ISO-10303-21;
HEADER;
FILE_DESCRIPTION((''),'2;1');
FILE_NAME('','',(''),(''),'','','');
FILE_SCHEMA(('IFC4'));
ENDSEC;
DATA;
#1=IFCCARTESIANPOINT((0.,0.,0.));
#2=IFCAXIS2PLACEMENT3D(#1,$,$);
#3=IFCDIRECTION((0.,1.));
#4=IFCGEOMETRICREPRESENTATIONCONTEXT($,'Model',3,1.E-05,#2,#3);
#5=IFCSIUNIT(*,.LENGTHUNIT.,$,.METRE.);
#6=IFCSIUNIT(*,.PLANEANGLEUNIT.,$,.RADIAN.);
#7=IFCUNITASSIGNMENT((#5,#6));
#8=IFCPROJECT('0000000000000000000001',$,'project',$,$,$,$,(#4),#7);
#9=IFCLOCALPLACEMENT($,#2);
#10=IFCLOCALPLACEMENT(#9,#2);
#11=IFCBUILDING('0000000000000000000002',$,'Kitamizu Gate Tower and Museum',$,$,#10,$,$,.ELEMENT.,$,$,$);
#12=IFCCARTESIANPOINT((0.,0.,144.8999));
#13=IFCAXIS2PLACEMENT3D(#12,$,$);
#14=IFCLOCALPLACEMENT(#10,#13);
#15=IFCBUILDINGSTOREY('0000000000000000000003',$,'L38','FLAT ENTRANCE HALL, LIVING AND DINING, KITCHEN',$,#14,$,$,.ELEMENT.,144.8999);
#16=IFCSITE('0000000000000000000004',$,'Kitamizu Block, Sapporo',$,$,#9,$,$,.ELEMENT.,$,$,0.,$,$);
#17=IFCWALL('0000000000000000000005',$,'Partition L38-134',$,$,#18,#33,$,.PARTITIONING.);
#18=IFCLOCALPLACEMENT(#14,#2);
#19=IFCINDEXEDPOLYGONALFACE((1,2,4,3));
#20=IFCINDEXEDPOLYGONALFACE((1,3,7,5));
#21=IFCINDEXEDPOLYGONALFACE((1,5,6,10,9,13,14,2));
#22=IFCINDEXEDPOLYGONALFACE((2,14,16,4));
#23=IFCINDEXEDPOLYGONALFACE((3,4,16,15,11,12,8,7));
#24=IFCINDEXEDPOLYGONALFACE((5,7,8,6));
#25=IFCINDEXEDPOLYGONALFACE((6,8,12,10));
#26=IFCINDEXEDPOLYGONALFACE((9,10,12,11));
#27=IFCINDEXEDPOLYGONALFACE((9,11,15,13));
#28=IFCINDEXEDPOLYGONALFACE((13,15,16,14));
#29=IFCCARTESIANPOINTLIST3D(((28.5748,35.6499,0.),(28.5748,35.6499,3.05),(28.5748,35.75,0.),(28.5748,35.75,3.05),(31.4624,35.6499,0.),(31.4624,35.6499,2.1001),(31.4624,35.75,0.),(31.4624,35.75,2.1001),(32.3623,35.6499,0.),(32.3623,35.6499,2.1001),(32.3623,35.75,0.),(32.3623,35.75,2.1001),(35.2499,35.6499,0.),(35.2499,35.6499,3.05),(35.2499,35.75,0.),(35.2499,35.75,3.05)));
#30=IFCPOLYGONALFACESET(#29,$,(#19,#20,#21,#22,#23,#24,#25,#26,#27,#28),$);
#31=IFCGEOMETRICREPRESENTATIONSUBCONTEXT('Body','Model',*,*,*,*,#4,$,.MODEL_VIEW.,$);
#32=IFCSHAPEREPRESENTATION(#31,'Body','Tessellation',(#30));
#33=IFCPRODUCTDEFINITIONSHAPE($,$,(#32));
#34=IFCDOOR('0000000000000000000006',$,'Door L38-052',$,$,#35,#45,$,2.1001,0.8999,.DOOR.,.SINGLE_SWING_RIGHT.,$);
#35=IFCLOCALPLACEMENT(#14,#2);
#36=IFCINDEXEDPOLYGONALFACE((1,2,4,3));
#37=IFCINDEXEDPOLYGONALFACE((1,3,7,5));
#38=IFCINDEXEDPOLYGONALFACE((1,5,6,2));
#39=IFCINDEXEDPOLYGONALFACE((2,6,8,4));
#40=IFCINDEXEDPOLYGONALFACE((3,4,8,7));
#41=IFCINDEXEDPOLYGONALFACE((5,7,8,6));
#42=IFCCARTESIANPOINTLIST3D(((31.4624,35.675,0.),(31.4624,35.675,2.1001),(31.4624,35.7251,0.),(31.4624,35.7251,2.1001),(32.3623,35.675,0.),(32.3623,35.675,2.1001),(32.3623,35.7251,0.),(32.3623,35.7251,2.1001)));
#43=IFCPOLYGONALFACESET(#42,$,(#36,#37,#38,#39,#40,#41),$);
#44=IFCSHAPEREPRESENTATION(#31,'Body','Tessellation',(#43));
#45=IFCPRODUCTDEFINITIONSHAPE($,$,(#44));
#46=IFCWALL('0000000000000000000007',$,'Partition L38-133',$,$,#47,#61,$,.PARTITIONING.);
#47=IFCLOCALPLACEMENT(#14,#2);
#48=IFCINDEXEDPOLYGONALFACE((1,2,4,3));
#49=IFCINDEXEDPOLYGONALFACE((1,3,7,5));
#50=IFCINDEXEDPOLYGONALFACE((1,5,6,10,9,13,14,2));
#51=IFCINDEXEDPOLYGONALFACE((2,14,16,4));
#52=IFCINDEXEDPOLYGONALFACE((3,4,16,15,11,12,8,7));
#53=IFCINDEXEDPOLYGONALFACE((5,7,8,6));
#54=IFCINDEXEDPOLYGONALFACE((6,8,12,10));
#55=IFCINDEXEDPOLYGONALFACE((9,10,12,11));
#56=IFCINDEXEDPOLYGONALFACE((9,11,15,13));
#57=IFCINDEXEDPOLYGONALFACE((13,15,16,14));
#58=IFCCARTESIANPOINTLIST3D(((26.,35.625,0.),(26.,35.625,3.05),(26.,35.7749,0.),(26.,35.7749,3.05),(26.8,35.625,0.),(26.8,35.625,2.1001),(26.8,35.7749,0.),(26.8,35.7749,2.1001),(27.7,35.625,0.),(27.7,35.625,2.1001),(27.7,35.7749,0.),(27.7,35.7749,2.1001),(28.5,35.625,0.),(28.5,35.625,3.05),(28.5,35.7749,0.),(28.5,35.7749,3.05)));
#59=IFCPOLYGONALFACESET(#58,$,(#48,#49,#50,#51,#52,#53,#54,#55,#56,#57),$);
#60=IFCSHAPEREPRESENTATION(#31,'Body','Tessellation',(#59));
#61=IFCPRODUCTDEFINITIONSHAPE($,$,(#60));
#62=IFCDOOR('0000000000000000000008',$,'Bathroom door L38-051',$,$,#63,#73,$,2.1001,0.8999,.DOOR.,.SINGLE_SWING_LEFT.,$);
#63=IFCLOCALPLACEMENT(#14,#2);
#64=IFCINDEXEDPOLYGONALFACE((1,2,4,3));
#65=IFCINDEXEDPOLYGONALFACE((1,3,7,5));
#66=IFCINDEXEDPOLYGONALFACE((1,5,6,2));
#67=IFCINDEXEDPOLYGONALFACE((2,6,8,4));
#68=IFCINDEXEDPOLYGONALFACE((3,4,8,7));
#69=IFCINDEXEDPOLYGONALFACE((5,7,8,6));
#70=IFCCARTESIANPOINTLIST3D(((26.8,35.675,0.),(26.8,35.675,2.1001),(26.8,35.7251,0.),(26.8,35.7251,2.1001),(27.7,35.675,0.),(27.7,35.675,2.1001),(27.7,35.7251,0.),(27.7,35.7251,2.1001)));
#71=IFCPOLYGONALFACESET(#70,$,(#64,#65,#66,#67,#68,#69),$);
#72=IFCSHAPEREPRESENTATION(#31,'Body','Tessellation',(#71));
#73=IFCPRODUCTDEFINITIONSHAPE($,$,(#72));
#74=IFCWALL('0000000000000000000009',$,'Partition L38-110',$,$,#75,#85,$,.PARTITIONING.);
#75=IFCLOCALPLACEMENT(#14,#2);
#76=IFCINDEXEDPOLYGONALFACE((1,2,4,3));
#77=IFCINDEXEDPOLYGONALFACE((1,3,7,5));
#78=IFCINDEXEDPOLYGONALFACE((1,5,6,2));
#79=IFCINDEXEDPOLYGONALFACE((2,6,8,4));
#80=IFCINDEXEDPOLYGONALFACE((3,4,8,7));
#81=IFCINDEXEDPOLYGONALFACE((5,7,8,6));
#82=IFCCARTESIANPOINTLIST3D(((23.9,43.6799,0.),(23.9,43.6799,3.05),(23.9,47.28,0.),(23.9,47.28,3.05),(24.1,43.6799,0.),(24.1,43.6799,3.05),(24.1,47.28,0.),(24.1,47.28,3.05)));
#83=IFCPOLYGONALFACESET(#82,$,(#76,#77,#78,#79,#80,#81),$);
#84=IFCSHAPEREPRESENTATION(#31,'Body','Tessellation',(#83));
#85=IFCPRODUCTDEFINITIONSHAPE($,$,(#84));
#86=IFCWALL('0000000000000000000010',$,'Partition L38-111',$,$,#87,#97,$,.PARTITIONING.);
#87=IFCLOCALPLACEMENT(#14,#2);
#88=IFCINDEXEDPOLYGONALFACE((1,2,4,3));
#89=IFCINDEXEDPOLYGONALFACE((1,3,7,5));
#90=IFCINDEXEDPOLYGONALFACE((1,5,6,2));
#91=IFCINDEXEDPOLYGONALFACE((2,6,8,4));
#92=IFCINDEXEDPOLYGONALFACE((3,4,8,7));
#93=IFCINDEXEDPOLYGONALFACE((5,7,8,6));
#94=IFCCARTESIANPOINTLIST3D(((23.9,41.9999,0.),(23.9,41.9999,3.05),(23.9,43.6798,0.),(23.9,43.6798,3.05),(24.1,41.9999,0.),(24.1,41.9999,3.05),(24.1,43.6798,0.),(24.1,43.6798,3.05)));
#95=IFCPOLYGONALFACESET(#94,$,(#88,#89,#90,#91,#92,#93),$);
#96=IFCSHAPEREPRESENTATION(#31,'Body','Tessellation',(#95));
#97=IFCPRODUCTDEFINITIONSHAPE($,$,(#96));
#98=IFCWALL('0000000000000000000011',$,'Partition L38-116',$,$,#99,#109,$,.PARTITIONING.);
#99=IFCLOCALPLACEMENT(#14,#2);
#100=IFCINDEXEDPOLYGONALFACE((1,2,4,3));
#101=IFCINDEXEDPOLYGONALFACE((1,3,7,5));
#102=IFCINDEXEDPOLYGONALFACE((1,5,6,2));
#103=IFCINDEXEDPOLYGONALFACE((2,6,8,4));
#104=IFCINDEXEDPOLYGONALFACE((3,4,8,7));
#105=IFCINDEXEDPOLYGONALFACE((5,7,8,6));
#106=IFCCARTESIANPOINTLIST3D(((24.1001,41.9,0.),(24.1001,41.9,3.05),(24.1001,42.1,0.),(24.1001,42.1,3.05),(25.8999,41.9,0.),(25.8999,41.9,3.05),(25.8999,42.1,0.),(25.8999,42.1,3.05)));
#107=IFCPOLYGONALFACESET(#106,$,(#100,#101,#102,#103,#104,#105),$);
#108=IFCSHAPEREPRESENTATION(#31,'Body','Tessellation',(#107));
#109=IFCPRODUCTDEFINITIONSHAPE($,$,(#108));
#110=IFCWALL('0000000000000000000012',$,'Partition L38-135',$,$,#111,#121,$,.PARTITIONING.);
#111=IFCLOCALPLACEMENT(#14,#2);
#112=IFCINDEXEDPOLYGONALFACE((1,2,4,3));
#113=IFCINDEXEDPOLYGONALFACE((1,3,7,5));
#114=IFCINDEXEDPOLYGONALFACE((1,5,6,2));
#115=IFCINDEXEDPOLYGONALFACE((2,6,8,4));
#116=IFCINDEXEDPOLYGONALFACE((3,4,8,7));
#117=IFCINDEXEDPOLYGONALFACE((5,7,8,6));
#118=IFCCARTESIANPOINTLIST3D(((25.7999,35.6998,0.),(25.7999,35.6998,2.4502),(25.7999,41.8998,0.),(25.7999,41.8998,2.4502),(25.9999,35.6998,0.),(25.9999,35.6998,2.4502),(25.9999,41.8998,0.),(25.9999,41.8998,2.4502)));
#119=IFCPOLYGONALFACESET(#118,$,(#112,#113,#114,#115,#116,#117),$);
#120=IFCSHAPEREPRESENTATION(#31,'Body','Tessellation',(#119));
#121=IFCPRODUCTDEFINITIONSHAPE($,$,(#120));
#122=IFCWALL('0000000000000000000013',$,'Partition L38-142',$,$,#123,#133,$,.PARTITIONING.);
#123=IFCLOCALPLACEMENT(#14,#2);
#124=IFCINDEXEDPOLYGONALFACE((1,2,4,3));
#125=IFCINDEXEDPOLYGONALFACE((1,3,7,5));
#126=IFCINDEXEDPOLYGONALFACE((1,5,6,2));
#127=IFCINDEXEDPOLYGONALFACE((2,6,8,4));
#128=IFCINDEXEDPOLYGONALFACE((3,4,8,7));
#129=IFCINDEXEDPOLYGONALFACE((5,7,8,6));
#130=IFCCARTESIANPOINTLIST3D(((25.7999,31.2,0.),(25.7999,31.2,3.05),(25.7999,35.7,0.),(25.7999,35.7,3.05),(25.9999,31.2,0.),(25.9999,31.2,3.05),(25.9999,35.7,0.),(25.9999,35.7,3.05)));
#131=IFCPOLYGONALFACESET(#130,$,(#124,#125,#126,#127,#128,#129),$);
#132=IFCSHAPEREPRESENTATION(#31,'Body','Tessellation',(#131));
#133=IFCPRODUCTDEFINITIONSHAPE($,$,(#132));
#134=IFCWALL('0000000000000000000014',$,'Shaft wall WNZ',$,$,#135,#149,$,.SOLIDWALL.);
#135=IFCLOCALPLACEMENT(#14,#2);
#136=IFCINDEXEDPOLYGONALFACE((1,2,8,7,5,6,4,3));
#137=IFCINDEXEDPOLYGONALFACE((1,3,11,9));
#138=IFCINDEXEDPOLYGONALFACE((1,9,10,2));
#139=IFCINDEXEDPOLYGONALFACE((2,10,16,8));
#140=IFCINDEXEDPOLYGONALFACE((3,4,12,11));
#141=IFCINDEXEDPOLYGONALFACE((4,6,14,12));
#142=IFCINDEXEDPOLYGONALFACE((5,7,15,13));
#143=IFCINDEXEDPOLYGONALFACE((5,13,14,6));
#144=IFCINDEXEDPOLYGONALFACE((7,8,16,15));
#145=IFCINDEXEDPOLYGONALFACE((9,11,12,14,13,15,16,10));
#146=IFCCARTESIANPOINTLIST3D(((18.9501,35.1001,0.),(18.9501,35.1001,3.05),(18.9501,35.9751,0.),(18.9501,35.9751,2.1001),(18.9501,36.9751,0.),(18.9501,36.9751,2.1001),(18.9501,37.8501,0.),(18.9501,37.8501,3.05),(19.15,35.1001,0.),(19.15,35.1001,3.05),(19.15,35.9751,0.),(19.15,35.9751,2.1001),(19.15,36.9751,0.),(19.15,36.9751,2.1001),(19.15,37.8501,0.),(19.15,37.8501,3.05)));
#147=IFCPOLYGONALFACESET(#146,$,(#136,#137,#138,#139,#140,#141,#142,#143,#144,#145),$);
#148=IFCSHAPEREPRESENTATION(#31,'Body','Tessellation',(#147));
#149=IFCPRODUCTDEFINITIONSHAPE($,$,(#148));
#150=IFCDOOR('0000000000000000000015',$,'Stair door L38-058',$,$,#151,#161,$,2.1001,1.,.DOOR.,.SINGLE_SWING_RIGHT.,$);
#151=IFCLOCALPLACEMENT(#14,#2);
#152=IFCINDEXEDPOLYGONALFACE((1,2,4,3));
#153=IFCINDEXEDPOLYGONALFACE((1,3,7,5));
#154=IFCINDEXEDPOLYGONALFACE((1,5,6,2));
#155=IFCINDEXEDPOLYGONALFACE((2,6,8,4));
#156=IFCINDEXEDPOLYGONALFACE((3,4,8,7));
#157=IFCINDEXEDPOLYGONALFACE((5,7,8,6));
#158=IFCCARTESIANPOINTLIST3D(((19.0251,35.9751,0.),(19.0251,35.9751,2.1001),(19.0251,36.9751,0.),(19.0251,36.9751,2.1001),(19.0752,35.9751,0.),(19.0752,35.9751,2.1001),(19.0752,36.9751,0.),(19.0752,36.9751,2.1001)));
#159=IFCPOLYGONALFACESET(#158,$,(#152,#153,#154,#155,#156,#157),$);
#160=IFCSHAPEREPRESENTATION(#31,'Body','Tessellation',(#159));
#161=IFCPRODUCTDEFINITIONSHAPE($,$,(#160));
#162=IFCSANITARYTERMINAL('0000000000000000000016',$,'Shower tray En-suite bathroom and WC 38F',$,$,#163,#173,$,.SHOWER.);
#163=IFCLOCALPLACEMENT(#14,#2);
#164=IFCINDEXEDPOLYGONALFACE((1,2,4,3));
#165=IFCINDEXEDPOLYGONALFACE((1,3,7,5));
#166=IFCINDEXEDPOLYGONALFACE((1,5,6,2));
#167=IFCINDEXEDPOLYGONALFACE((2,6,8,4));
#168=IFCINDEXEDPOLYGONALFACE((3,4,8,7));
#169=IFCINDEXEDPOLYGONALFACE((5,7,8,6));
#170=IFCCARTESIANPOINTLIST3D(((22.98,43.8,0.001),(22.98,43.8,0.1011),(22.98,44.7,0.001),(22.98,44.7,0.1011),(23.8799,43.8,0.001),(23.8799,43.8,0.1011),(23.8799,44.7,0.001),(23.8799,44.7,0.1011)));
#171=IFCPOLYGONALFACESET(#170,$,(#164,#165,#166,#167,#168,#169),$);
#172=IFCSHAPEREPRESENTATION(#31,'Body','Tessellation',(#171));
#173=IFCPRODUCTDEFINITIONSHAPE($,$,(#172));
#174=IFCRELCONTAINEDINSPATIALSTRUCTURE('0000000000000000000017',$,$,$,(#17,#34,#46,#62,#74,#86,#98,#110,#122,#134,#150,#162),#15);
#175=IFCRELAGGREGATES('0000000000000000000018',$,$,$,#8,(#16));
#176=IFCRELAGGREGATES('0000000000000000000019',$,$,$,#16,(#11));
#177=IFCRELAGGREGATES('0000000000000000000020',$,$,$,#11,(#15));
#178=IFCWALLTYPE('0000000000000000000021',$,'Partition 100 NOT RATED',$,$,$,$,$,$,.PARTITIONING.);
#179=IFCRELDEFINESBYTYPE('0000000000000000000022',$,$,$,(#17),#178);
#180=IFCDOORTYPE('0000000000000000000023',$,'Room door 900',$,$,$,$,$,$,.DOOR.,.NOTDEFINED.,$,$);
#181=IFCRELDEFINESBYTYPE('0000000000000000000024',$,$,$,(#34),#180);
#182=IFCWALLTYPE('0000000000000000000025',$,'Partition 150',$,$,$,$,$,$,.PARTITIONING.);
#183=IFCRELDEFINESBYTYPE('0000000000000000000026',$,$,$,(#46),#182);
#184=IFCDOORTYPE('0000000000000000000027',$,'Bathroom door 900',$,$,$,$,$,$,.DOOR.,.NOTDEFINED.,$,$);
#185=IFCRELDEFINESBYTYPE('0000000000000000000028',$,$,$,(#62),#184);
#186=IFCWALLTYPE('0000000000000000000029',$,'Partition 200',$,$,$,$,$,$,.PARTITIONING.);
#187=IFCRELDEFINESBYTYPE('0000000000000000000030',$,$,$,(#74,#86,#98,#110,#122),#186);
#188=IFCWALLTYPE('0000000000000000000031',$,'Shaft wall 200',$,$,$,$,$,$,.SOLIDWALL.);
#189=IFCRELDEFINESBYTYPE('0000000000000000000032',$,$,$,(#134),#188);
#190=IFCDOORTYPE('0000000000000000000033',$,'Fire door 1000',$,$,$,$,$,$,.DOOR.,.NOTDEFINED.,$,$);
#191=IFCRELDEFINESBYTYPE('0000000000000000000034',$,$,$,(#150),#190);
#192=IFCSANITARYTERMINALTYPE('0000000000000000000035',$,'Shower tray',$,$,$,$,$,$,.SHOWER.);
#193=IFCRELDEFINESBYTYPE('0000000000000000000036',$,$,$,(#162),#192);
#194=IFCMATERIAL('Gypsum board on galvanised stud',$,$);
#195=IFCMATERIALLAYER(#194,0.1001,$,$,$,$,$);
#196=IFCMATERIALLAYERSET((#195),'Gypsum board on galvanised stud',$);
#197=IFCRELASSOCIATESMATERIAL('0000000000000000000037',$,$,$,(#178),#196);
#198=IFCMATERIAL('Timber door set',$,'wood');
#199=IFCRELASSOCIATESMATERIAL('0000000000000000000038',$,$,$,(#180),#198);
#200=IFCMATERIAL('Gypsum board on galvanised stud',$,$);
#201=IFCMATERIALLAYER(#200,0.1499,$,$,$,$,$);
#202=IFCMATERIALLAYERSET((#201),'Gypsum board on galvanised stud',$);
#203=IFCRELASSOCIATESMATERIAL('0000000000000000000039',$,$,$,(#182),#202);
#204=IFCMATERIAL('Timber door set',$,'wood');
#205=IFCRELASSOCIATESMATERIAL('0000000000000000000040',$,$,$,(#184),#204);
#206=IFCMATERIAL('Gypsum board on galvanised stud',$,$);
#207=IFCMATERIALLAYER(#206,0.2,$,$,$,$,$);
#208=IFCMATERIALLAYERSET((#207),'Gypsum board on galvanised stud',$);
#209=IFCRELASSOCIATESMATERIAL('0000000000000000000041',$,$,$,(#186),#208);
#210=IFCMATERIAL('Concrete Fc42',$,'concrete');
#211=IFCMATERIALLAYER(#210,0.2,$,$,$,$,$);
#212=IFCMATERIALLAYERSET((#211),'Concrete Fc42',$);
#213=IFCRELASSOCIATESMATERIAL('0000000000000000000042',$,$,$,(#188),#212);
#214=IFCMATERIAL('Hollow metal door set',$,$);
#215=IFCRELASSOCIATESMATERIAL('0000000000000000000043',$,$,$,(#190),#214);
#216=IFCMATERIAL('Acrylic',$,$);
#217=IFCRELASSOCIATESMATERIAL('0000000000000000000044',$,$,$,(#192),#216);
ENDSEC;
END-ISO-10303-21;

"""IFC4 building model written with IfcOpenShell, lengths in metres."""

from ifc_helpers import new_model, si_unit, direction, frame, frame_2d, origin, origin_2d, place, context, subcontext, project, spatial, rectangle, extrude, material, layer, layer_set, type_object, element, fill, save


model = new_model("IFC4")

# Units and contexts
model_context = context("Model", 3, precision=1e-05, world=origin(), true_north=direction((0.0, 1.0)))
body_context = subcontext(model_context, "Body", "Model", "MODEL_VIEW")
ifc_project = project(units=[si_unit("LENGTHUNIT", "METRE"), si_unit("PLANEANGLEUNIT", "RADIAN")], contexts=[model_context])

# Site, building, storey
site_placement = place(None, origin())
site = spatial("IfcSite", under=ifc_project, at=site_placement, Name="Kitamizu Block, Sapporo", CompositionType="ELEMENT", RefElevation=0.0)
building_placement = place(site_placement, origin())
building = spatial("IfcBuilding", under=site, at=building_placement, Name="Kitamizu Gate Tower and Museum", CompositionType="ELEMENT")
storey_placement = place(building_placement, frame((0.0, 0.0, 144.8999)))
storey = spatial("IfcBuildingStorey", under=building, at=storey_placement, Name="L38", Description="FLAT ENTRANCE HALL, LIVING AND DINING, KITCHEN", CompositionType="ELEMENT", Elevation=144.8999)

# Shared definitions
ifc_material_1 = material(Name="Gypsum board on galvanised stud")
ifc_layer_1 = layer(ifc_material_1, 0.1001)
ifc_layer_set_1 = layer_set([ifc_layer_1], Name="Gypsum board on galvanised stud")
wall_type_1 = type_object("IfcWallType", Name="Partition 100 NOT RATED", PredefinedType="PARTITIONING", material=ifc_layer_set_1)
ifc_material_2 = material(Name="Timber door set", Category="wood")
door_type_1 = type_object("IfcDoorType", Name="Room door 900", OperationType="NOTDEFINED", PredefinedType="DOOR", material=ifc_material_2)

# Walls, openings, doors
wall_1_placement = place(storey_placement, frame((28.575, 35.7, 0.0), z_axis=(0.0, 0.0, 1.0), x_axis=(1.0, 0.0, 0.0)))
wall_1 = element("IfcWall", 1, at=wall_1_placement, inside=storey, type_object=wall_type_1, Name="Partition L38-134", PredefinedType="PARTITIONING", context=body_context, shape_type="SweptSolid", body=[
    extrude(rectangle(XDim=6.675, YDim=0.1001, at=frame_2d((3.3374, 0.0))), origin(), (0.0, 0.0, 1.0), 3.05),
])
opening_1_placement = place(wall_1_placement, frame((2.8875, 0.0, 0.0)))
opening_1 = element("IfcOpeningElement", 2, at=opening_1_placement, cuts=wall_1, PredefinedType="OPENING", context=body_context, shape_type="SweptSolid", body=[
    extrude(rectangle(XDim=0.8999, YDim=2.1001, at=frame_2d((0.45, 1.05))), frame((0.0, 0.0601, 0.0), z_axis=(0.0, -1.0, 0.0), x_axis=(1.0, 0.0, 0.0)), (0.0, 0.0, 1.0), 0.1201),
])
door_1_placement = place(opening_1_placement, frame((0.8999, 0.0, 0.0), x_axis=(-1.0, 0.0, 0.0)))
door_1 = element("IfcDoor", 3, at=door_1_placement, inside=storey, type_object=door_type_1, Name="Door L38-052", OperationType="SINGLE_SWING_RIGHT", OverallHeight=2.1001, OverallWidth=0.8999, PredefinedType="DOOR", context=body_context, shape_type="SweptSolid", body=[
    extrude(rectangle(XDim=0.8999, YDim=2.1001, at=frame_2d((0.45, 1.05))), frame((0.0, 0.0249, 0.0), z_axis=(0.0, -1.0, 0.0), x_axis=(1.0, 0.0, 0.0)), (0.0, 0.0, 1.0), 0.05),
])
fill(opening_1, door_1)
ifc_material_3 = material(Name="Gypsum board on galvanised stud")
ifc_layer_2 = layer(ifc_material_3, 0.1499)
ifc_layer_set_2 = layer_set([ifc_layer_2], Name="Gypsum board on galvanised stud")
wall_type_2 = type_object("IfcWallType", Name="Partition 150", PredefinedType="PARTITIONING", material=ifc_layer_set_2)
wall_2_placement = place(storey_placement, frame((26.0, 35.7, 0.0), z_axis=(0.0, 0.0, 1.0), x_axis=(1.0, 0.0, 0.0)))
wall_2 = element("IfcWall", 4, at=wall_2_placement, inside=storey, type_object=wall_type_2, Name="Partition L38-133", PredefinedType="PARTITIONING", context=body_context, shape_type="SweptSolid", body=[
    extrude(rectangle(XDim=2.5, YDim=0.1499, at=frame_2d((1.25, 0.0))), origin(), (0.0, 0.0, 1.0), 3.05),
])
opening_2_placement = place(wall_2_placement, frame((0.8, 0.0, 0.0)))
opening_2 = element("IfcOpeningElement", 5, at=opening_2_placement, cuts=wall_2, PredefinedType="OPENING", context=body_context, shape_type="SweptSolid", body=[
    extrude(rectangle(XDim=0.8999, YDim=2.1001, at=frame_2d((0.45, 1.05))), frame((0.0, 0.085, 0.0), z_axis=(0.0, -1.0, 0.0), x_axis=(1.0, 0.0, 0.0)), (0.0, 0.0, 1.0), 0.1699),
])
ifc_material_4 = material(Name="Timber door set", Category="wood")
door_type_2 = type_object("IfcDoorType", Name="Bathroom door 900", OperationType="NOTDEFINED", PredefinedType="DOOR", material=ifc_material_4)
door_2_placement = place(opening_2_placement, frame((0.8999, 0.0, 0.0), x_axis=(-1.0, 0.0, 0.0)))
door_2 = element("IfcDoor", 6, at=door_2_placement, inside=storey, type_object=door_type_2, Name="Bathroom door L38-051", OperationType="SINGLE_SWING_LEFT", OverallHeight=2.1001, OverallWidth=0.8999, PredefinedType="DOOR", context=body_context, shape_type="SweptSolid", body=[
    extrude(rectangle(XDim=0.8999, YDim=2.1001, at=frame_2d((0.45, 1.05))), frame((0.0, 0.0249, 0.0), z_axis=(0.0, -1.0, 0.0), x_axis=(1.0, 0.0, 0.0)), (0.0, 0.0, 1.0), 0.05),
])
fill(opening_2, door_2)

# Walls
ifc_material_5 = material(Name="Gypsum board on galvanised stud")
ifc_layer_3 = layer(ifc_material_5, 0.2)
ifc_layer_set_3 = layer_set([ifc_layer_3], Name="Gypsum board on galvanised stud")
wall_type_3 = type_object("IfcWallType", Name="Partition 200", PredefinedType="PARTITIONING", material=ifc_layer_set_3)
wall_3_placement = place(storey_placement, frame((24.0, 43.6799, 0.0), z_axis=(0.0, 0.0, 1.0), x_axis=(0.0, 1.0, 0.0)))
element("IfcWall", 7, at=wall_3_placement, inside=storey, type_object=wall_type_3, Name="Partition L38-110", PredefinedType="PARTITIONING", context=body_context, shape_type="SweptSolid", body=[
    extrude(rectangle(XDim=3.6001, YDim=0.2, at=frame_2d((1.8, 0.0))), origin(), (0.0, 0.0, 1.0), 3.05),
])
wall_4_placement = place(storey_placement, frame((24.0, 42.0, 0.0), z_axis=(0.0, 0.0, 1.0), x_axis=(0.0, 1.0, 0.0)))
element("IfcWall", 8, at=wall_4_placement, inside=storey, type_object=wall_type_3, Name="Partition L38-111", PredefinedType="PARTITIONING", context=body_context, shape_type="SweptSolid", body=[
    extrude(rectangle(XDim=1.6799, YDim=0.2, at=frame_2d((0.8398, 0.0))), origin(), (0.0, 0.0, 1.0), 3.05),
])
wall_5_placement = place(storey_placement, frame((24.1001, 42.0, 0.0), z_axis=(0.0, 0.0, 1.0), x_axis=(1.0, 0.0, 0.0)))
element("IfcWall", 9, at=wall_5_placement, inside=storey, type_object=wall_type_3, Name="Partition L38-116", PredefinedType="PARTITIONING", context=body_context, shape_type="SweptSolid", body=[
    extrude(rectangle(XDim=1.7998, YDim=0.2, at=frame_2d((0.8999, 0.0))), origin(), (0.0, 0.0, 1.0), 3.05),
])
wall_6_placement = place(storey_placement, frame((25.8999, 41.8999, 0.0), z_axis=(0.0, 0.0, 1.0), x_axis=(0.0, -1.0, 0.0)))
element("IfcWall", 10, at=wall_6_placement, inside=storey, type_object=wall_type_3, Name="Partition L38-135", PredefinedType="PARTITIONING", context=body_context, shape_type="SweptSolid", body=[
    extrude(rectangle(XDim=6.2, YDim=0.2, at=frame_2d((3.1001, 0.0))), origin(), (0.0, 0.0, 1.0), 2.4502),
])
wall_7_placement = place(storey_placement, frame((25.8999, 35.7, 0.0), z_axis=(0.0, 0.0, 1.0), x_axis=(0.0, -1.0, 0.0)))
element("IfcWall", 11, at=wall_7_placement, inside=storey, type_object=wall_type_3, Name="Partition L38-142", PredefinedType="PARTITIONING", context=body_context, shape_type="SweptSolid", body=[
    extrude(rectangle(XDim=4.5, YDim=0.2, at=frame_2d((2.25, 0.0))), origin(), (0.0, 0.0, 1.0), 3.05),
])

# Wall, opening, door
ifc_material_6 = material(Name="Concrete Fc42", Category="concrete")
ifc_layer_4 = layer(ifc_material_6, 0.2)
ifc_layer_set_4 = layer_set([ifc_layer_4], Name="Concrete Fc42")
wall_type_4 = type_object("IfcWallType", Name="Shaft wall 200", PredefinedType="SOLIDWALL", material=ifc_layer_set_4)
wall_8_placement = place(storey_placement, frame((19.05, 35.1001, 0.0), z_axis=(0.0, 0.0, 1.0), x_axis=(0.0, 1.0, 0.0)))
wall_8 = element("IfcWall", 12, at=wall_8_placement, inside=storey, type_object=wall_type_4, Name="Shaft wall WNZ", PredefinedType="SOLIDWALL", context=body_context, shape_type="SweptSolid", body=[
    extrude(rectangle(XDim=2.75, YDim=0.2, at=frame_2d((1.375, 0.0))), origin(), (0.0, 0.0, 1.0), 3.05),
])
opening_3_placement = place(wall_8_placement, frame((0.875, 0.0, 0.0)))
opening_3 = element("IfcOpeningElement", 13, at=opening_3_placement, cuts=wall_8, PredefinedType="OPENING", context=body_context, shape_type="SweptSolid", body=[
    extrude(rectangle(XDim=1.0, YDim=2.1001, at=frame_2d((0.5, 1.05))), frame((0.0, 0.1099, 0.0), z_axis=(0.0, -1.0, 0.0), x_axis=(1.0, 0.0, 0.0)), (0.0, 0.0, 1.0), 0.22),
])
ifc_material_7 = material(Name="Hollow metal door set")
door_type_3 = type_object("IfcDoorType", Name="Fire door 1000", OperationType="NOTDEFINED", PredefinedType="DOOR", material=ifc_material_7)
door_3_placement = place(opening_3_placement, origin())
door_3 = element("IfcDoor", 14, at=door_3_placement, inside=storey, type_object=door_type_3, Name="Stair door L38-058", OperationType="SINGLE_SWING_RIGHT", OverallHeight=2.1001, OverallWidth=1.0, PredefinedType="DOOR", context=body_context, shape_type="SweptSolid", body=[
    extrude(rectangle(XDim=1.0, YDim=2.1001, at=frame_2d((0.5, 1.05))), frame((0.0, 0.0249, 0.0), z_axis=(0.0, -1.0, 0.0), x_axis=(1.0, 0.0, 0.0)), (0.0, 0.0, 1.0), 0.05),
])
fill(opening_3, door_3)

# Sanitary terminal
ifc_material_8 = material(Name="Acrylic")
sanitary_terminal_type_1 = type_object("IfcSanitaryTerminalType", Name="Shower tray", PredefinedType="SHOWER", material=ifc_material_8)
sanitary_terminal_1_placement = place(storey_placement, frame((23.4299, 44.25, 0.001), z_axis=(0.0, 0.0, 1.0), x_axis=(1.0, 0.0, 0.0)))
element("IfcSanitaryTerminal", 15, at=sanitary_terminal_1_placement, inside=storey, type_object=sanitary_terminal_type_1, Name="Shower tray En-suite bathroom and WC 38F", PredefinedType="SHOWER", context=body_context, shape_type="SweptSolid", body=[
    extrude(rectangle(XDim=0.8999, YDim=0.8999, at=origin_2d()), origin(), (0.0, 0.0, 1.0), 0.1001),
])

save(model, "model.ifc")
